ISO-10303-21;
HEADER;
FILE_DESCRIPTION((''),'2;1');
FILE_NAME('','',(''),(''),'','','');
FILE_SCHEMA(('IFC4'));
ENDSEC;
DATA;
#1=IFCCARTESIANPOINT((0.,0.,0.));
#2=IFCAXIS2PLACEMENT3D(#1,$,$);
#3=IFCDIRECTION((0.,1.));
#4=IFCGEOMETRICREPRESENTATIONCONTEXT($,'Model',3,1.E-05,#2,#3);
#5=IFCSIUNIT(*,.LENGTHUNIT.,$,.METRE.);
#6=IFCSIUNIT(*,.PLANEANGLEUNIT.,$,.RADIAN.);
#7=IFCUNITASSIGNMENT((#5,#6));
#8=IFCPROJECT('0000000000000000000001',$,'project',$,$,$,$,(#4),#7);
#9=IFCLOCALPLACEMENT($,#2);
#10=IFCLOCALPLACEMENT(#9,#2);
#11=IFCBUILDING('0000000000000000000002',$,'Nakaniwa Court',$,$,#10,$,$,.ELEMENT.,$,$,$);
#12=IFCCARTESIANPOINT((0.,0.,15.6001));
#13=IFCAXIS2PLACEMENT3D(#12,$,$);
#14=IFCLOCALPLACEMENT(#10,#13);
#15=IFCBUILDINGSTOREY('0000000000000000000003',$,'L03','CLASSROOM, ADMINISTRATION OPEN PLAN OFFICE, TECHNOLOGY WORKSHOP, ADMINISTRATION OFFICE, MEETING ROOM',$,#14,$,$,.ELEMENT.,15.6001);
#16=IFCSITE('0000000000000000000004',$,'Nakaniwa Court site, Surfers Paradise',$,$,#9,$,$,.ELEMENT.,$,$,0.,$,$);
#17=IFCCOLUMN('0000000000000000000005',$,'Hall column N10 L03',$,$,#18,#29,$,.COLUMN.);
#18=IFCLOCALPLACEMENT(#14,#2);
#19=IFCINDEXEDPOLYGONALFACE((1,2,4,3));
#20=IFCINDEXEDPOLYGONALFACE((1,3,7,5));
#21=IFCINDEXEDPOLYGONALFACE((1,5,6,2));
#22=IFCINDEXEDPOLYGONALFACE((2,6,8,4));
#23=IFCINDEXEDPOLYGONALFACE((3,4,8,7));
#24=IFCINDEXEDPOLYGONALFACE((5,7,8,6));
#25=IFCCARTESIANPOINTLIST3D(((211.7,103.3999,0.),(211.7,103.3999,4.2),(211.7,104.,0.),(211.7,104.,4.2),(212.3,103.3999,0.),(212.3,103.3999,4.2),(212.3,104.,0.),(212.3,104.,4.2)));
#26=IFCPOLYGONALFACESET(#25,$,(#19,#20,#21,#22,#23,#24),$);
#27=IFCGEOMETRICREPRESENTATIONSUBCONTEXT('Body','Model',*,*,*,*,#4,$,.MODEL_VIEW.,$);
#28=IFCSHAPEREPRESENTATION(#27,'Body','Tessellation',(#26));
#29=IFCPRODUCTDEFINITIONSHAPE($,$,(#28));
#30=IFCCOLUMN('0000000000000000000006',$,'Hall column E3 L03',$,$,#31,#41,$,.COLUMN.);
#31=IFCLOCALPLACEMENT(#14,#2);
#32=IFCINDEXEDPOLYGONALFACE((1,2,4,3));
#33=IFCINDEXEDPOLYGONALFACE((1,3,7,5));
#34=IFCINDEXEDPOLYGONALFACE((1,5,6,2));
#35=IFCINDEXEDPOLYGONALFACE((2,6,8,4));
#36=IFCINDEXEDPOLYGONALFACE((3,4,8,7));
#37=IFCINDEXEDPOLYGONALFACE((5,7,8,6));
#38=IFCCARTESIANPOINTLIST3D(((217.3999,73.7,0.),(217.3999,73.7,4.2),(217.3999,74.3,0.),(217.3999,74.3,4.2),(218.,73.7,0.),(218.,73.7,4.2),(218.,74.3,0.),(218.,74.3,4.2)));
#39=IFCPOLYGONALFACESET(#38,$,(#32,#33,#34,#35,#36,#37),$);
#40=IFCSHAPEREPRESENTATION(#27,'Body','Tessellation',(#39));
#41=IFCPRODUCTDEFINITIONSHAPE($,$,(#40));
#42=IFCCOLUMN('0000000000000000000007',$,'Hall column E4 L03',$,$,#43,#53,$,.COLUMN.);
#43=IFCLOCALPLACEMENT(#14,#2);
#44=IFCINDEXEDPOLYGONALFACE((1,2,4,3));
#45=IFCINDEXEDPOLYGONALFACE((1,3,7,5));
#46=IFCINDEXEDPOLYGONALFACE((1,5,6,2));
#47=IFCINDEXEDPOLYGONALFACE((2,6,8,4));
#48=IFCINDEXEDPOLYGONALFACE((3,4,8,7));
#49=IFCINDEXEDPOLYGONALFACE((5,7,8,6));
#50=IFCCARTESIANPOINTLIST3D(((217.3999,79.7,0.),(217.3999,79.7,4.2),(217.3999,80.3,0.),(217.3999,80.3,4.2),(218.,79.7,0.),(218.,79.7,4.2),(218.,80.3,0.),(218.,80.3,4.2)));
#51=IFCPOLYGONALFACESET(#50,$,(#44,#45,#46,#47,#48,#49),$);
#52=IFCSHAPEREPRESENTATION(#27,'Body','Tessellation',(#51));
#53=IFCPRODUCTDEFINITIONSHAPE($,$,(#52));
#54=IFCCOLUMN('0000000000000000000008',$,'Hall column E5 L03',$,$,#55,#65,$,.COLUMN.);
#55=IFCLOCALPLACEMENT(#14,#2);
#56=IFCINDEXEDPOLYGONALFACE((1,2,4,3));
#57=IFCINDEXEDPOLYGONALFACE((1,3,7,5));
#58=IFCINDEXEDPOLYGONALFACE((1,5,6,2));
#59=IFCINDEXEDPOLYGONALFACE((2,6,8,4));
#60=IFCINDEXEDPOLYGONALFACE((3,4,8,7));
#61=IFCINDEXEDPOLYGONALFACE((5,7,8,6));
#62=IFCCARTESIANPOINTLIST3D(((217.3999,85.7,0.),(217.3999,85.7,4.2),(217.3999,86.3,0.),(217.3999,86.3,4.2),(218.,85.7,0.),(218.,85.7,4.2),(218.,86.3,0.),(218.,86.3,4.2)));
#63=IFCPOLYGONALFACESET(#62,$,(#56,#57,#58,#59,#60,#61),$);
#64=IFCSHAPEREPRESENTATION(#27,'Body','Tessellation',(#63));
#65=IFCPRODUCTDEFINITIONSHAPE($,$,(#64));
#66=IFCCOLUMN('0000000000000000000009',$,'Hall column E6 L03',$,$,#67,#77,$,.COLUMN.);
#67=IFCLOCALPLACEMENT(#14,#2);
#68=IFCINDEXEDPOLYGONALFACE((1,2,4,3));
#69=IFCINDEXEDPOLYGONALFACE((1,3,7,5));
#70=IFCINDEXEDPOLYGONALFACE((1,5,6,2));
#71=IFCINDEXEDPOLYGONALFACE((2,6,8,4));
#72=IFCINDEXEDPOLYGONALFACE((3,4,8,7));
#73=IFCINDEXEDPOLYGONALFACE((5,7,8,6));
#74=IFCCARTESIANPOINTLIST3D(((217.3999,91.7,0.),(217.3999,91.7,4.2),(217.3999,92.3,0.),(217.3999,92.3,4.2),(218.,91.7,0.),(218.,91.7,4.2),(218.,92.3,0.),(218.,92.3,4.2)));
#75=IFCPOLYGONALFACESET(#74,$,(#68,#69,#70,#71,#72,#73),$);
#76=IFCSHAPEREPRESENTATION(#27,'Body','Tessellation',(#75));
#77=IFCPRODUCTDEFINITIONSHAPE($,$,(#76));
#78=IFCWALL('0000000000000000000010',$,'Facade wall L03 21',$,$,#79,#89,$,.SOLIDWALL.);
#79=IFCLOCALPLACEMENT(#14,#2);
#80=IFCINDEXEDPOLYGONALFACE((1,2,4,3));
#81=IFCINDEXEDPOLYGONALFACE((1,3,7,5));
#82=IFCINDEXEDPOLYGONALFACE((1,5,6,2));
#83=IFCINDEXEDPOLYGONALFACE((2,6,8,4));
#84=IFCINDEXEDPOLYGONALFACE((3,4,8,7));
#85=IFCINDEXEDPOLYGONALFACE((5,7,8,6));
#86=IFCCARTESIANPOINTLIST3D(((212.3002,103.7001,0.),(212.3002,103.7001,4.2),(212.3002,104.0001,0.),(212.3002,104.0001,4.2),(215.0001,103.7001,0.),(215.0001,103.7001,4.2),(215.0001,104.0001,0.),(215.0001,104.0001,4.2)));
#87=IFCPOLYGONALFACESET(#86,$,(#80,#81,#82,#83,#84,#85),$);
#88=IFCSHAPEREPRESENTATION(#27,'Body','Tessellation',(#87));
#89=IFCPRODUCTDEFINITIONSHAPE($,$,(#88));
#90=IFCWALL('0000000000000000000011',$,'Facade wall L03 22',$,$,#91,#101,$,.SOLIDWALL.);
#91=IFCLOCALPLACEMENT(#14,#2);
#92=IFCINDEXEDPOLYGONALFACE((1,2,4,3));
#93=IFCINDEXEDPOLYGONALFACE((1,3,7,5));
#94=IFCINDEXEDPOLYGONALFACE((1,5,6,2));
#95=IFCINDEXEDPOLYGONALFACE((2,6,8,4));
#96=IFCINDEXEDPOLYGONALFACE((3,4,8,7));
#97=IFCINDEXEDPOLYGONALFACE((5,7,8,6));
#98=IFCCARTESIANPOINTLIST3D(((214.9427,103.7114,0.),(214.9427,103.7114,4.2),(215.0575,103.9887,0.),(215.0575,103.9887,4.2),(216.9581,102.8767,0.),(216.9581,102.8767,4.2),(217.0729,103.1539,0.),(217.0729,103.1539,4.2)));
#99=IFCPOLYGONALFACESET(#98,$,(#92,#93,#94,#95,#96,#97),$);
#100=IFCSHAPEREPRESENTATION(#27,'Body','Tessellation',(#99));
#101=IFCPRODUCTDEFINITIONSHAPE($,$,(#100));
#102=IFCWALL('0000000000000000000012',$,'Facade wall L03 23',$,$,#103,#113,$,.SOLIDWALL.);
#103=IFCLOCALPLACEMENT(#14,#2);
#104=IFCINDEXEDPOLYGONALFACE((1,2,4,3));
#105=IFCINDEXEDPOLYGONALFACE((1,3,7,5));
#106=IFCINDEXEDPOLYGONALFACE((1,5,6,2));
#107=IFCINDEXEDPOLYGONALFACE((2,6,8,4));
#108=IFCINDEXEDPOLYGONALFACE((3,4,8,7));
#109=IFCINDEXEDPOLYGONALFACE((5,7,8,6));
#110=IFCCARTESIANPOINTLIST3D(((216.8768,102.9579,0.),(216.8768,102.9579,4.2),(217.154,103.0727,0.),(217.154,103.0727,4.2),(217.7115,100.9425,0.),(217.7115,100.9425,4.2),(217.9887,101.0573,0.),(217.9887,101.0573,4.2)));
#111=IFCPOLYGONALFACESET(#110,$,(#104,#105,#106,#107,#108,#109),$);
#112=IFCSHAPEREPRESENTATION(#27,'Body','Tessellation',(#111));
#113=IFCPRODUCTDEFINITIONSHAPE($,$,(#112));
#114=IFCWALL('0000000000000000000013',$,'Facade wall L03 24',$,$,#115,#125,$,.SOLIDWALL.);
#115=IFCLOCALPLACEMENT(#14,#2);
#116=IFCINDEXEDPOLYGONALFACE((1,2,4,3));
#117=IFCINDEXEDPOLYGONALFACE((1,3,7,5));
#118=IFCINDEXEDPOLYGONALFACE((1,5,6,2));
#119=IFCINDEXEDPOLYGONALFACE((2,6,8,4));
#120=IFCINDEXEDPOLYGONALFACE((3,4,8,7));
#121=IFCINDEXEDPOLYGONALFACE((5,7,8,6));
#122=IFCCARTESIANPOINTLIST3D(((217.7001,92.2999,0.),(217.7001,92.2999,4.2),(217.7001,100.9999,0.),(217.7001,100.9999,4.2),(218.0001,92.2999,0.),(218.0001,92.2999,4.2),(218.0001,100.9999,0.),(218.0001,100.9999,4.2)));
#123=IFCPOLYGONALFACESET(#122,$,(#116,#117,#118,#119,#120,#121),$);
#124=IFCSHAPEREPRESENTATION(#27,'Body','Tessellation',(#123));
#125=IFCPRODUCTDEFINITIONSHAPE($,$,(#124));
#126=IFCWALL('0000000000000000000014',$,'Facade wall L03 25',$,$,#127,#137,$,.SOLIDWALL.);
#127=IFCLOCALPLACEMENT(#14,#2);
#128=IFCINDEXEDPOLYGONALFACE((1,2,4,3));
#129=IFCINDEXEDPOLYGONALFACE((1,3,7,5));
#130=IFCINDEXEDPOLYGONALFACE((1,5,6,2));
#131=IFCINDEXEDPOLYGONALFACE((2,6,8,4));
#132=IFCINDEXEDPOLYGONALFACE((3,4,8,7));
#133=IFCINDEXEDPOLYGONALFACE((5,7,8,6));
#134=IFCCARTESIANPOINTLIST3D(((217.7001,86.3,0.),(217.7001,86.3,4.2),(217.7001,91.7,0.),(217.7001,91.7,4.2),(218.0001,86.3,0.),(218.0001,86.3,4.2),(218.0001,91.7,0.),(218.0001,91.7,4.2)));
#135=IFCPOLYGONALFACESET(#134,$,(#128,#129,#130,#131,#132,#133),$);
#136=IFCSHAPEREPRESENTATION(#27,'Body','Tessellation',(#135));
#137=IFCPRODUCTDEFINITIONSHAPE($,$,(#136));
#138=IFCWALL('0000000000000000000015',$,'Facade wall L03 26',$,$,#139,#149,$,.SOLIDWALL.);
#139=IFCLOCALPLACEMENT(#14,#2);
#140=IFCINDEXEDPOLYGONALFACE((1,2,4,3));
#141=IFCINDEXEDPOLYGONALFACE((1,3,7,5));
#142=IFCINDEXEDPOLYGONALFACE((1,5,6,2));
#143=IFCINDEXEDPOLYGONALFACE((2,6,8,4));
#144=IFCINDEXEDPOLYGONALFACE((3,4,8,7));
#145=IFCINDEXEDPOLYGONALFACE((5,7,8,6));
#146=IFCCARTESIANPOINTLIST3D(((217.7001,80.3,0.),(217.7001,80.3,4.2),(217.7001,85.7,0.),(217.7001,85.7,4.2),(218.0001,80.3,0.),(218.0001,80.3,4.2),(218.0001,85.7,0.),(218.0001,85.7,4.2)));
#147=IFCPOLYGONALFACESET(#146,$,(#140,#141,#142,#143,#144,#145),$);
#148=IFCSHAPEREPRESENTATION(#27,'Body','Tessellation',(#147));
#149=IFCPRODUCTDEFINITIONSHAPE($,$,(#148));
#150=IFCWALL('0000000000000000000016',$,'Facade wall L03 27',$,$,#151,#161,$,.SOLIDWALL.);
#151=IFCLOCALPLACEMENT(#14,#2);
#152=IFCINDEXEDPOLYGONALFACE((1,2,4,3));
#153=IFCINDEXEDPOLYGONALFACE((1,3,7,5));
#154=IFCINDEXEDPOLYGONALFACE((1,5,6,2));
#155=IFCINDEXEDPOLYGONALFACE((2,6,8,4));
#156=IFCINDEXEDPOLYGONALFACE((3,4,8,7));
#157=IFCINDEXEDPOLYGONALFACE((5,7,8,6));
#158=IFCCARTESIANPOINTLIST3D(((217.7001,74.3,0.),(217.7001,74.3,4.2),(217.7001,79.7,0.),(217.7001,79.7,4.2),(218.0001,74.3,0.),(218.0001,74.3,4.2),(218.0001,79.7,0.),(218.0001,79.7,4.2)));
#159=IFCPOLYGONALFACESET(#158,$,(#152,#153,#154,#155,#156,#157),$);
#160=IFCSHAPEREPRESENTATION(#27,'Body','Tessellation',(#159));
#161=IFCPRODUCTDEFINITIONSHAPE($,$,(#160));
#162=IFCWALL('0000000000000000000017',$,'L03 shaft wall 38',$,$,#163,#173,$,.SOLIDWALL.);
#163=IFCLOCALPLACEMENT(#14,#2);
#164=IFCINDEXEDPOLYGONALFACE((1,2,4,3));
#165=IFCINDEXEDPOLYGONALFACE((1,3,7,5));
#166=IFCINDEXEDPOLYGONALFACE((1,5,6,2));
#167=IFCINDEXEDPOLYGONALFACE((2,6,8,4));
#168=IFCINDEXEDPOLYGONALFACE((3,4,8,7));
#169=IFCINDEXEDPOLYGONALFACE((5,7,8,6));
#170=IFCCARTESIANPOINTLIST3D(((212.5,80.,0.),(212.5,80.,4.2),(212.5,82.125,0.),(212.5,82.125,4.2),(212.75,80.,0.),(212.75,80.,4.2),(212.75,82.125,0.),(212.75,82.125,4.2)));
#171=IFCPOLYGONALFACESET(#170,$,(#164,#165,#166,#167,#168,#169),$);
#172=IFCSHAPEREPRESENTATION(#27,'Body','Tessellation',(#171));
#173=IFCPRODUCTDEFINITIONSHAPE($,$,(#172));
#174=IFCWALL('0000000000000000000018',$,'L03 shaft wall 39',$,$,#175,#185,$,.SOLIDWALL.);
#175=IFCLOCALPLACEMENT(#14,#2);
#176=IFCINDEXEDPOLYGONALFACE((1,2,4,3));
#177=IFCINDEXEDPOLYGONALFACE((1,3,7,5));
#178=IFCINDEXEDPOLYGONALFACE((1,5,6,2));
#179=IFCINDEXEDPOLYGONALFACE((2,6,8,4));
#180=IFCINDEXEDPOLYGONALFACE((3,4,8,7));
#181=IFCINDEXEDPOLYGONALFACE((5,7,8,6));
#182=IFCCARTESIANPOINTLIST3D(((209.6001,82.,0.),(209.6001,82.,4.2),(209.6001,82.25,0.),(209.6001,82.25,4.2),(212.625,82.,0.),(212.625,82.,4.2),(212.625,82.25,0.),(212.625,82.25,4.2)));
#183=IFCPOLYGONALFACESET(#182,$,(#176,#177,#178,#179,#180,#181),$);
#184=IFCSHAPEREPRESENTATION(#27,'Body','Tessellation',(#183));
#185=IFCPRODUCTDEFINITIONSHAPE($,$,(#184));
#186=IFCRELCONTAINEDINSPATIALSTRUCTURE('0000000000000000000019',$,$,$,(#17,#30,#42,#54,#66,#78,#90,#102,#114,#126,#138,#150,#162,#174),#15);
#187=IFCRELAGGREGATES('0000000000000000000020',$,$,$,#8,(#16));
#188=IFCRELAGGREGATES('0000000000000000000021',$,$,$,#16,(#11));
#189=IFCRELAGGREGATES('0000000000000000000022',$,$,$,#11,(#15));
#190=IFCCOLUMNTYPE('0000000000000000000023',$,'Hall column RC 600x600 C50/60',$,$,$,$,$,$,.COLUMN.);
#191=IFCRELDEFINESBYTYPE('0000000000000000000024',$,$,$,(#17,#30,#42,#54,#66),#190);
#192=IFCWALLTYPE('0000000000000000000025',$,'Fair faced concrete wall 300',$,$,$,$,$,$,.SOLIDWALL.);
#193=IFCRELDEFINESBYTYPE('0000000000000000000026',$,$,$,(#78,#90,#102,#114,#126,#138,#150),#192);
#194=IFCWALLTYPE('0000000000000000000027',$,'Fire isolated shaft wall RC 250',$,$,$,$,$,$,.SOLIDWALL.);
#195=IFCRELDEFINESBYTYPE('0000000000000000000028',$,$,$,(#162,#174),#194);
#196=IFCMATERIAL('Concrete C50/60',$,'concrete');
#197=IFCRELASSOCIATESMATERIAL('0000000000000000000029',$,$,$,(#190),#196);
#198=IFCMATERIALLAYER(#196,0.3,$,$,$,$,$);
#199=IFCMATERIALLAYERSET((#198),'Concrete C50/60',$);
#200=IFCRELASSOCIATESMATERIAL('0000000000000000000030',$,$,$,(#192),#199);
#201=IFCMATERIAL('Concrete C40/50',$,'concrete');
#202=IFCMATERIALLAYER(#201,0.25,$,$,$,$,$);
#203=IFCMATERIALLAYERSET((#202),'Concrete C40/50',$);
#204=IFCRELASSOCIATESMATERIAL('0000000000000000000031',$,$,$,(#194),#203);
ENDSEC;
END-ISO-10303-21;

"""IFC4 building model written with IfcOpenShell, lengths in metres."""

from ifc_helpers import new_model, si_unit, direction, frame, frame_2d, origin, origin_2d, place, context, subcontext, project, spatial, rectangle, extrude, material, layer, layer_set, material_profile, profile_set, type_object, element, save


model = new_model("IFC4")

# Units and contexts
model_context = context("Model", 3, precision=1e-05, world=origin(), true_north=direction((0.0, 1.0)))
body_context = subcontext(model_context, "Body", "Model", "MODEL_VIEW")
ifc_project = project(units=[si_unit("LENGTHUNIT", "METRE"), si_unit("PLANEANGLEUNIT", "RADIAN")], contexts=[model_context])

# Site, building, storey
site_placement = place(None, origin())
site = spatial("IfcSite", under=ifc_project, at=site_placement, Name="Nakaniwa Court site, Surfers Paradise", CompositionType="ELEMENT", RefElevation=0.0)
building_placement = place(site_placement, origin())
building = spatial("IfcBuilding", under=site, at=building_placement, Name="Nakaniwa Court", CompositionType="ELEMENT")
storey_placement = place(building_placement, frame((0.0, 0.0, 15.6001)))
storey = spatial("IfcBuildingStorey", under=building, at=storey_placement, Name="L03", Description="CLASSROOM, ADMINISTRATION OPEN PLAN OFFICE, TECHNOLOGY WORKSHOP, ADMINISTRATION OFFICE, MEETING ROOM", CompositionType="ELEMENT", Elevation=15.6001)

# Columns
ifc_material_1 = material(Name="Concrete C50/60", Category="concrete")
ifc_material_profile = material_profile(ifc_material_1, rectangle(XDim=0.6001, YDim=0.6001, at=origin_2d()), Name="RC 600x600")
ifc_profile_set = profile_set([ifc_material_profile], Name="Concrete C50/60")
column_type = type_object("IfcColumnType", Name="Hall column RC 600x600 C50/60", PredefinedType="COLUMN", material=ifc_profile_set)
for number, where, z_axis, x_axis, name in (
    (1, (212.0, 103.7, 0.0), (0.0, 0.0, 1.0), (1.0, 0.0, 0.0), "Hall column N10 L03"),
    (2, (217.7, 74.0, 0.0), (0.0, 0.0, 1.0), (1.0, 0.0, 0.0), "Hall column E3 L03"),
    (3, (217.7, 80.0, 0.0), (0.0, 0.0, 1.0), (1.0, 0.0, 0.0), "Hall column E4 L03"),
    (4, (217.7, 86.0, 0.0), (0.0, 0.0, 1.0), (1.0, 0.0, 0.0), "Hall column E5 L03"),
    (5, (217.7, 92.0, 0.0), (0.0, 0.0, 1.0), (1.0, 0.0, 0.0), "Hall column E6 L03"),
):
    element("IfcColumn", number, at=place(storey_placement, frame(where, z_axis=z_axis, x_axis=x_axis)), inside=storey, type_object=column_type, Name=name, PredefinedType="COLUMN", context=body_context, shape_type="SweptSolid", body=[
        extrude(rectangle(XDim=0.6001, YDim=0.6001, at=origin_2d()), origin(), (0.0, 0.0, 1.0), 4.2),
    ])

# Walls
ifc_layer_1 = layer(ifc_material_1, 0.3)
ifc_layer_set_1 = layer_set([ifc_layer_1], Name="Concrete C50/60")
wall_type_1 = type_object("IfcWallType", Name="Fair faced concrete wall 300", PredefinedType="SOLIDWALL", material=ifc_layer_set_1)
wall_1_placement = place(storey_placement, frame((212.3, 103.8501, 0.0), z_axis=(0.0, 0.0, 1.0), x_axis=(1.0, 0.0, 0.0)))
element("IfcWall", 6, at=wall_1_placement, inside=storey, type_object=wall_type_1, Name="Facade wall L03 21", PredefinedType="SOLIDWALL", context=body_context, shape_type="SweptSolid", body=[
    extrude(rectangle(XDim=2.7, YDim=0.3, at=frame_2d((1.3501, 0.0))), origin(), (0.0, 0.0, 1.0), 4.2),
])
for number, where, z_axis, x_axis, name in (
    (7, (215.0, 103.8501, 0.0), (0.0, 0.0, 1.0), (0.923893, -0.382652, 0.0), "Facade wall L03 22"),
    (8, (217.0154, 103.0154, 0.0), (0.0, 0.0, 1.0), (0.382652, -0.923893, 0.0), "Facade wall L03 23"),
):
    element("IfcWall", number, at=place(storey_placement, frame(where, z_axis=z_axis, x_axis=x_axis)), inside=storey, type_object=wall_type_1, Name=name, PredefinedType="SOLIDWALL", context=body_context, shape_type="SweptSolid", body=[
        extrude(rectangle(XDim=2.1814, YDim=0.3, at=frame_2d((1.0908, 0.0))), origin(), (0.0, 0.0, 1.0), 4.2),
    ])
wall_2_placement = place(storey_placement, frame((217.8501, 101.0, 0.0), z_axis=(0.0, 0.0, 1.0), x_axis=(0.0, -1.0, 0.0)))
element("IfcWall", 9, at=wall_2_placement, inside=storey, type_object=wall_type_1, Name="Facade wall L03 24", PredefinedType="SOLIDWALL", context=body_context, shape_type="SweptSolid", body=[
    extrude(rectangle(XDim=8.7, YDim=0.3, at=frame_2d((4.3501, 0.0))), origin(), (0.0, 0.0, 1.0), 4.2),
])
for number, where, z_axis, x_axis, name in (
    (10, (217.8501, 91.7, 0.0), (0.0, 0.0, 1.0), (0.0, -1.0, 0.0), "Facade wall L03 25"),
    (11, (217.8501, 85.7, 0.0), (0.0, 0.0, 1.0), (0.0, -1.0, 0.0), "Facade wall L03 26"),
    (12, (217.8501, 79.7, 0.0), (0.0, 0.0, 1.0), (0.0, -1.0, 0.0), "Facade wall L03 27"),
):
    element("IfcWall", number, at=place(storey_placement, frame(where, z_axis=z_axis, x_axis=x_axis)), inside=storey, type_object=wall_type_1, Name=name, PredefinedType="SOLIDWALL", context=body_context, shape_type="SweptSolid", body=[
        extrude(rectangle(XDim=5.3999, YDim=0.3, at=frame_2d((2.7, 0.0))), origin(), (0.0, 0.0, 1.0), 4.2),
    ])
ifc_material_2 = material(Name="Concrete C40/50", Category="concrete")
ifc_layer_2 = layer(ifc_material_2, 0.25)
ifc_layer_set_2 = layer_set([ifc_layer_2], Name="Concrete C40/50")
wall_type_2 = type_object("IfcWallType", Name="Fire isolated shaft wall RC 250", PredefinedType="SOLIDWALL", material=ifc_layer_set_2)
wall_3_placement = place(storey_placement, frame((212.625, 80.0, 0.0), z_axis=(0.0, 0.0, 1.0), x_axis=(0.0, 1.0, 0.0)))
element("IfcWall", 13, at=wall_3_placement, inside=storey, type_object=wall_type_2, Name="L03 shaft wall 38", PredefinedType="SOLIDWALL", context=body_context, shape_type="SweptSolid", body=[
    extrude(rectangle(XDim=2.125, YDim=0.25, at=frame_2d((1.0625, 0.0))), origin(), (0.0, 0.0, 1.0), 4.2),
])
wall_4_placement = place(storey_placement, frame((212.625, 82.125, 0.0), z_axis=(0.0, 0.0, 1.0), x_axis=(-1.0, 0.0, 0.0)))
element("IfcWall", 14, at=wall_4_placement, inside=storey, type_object=wall_type_2, Name="L03 shaft wall 39", PredefinedType="SOLIDWALL", context=body_context, shape_type="SweptSolid", body=[
    extrude(rectangle(XDim=3.0249, YDim=0.25, at=frame_2d((1.5125, 0.0))), origin(), (0.0, 0.0, 1.0), 4.2),
])

save(model, "model.ifc")
